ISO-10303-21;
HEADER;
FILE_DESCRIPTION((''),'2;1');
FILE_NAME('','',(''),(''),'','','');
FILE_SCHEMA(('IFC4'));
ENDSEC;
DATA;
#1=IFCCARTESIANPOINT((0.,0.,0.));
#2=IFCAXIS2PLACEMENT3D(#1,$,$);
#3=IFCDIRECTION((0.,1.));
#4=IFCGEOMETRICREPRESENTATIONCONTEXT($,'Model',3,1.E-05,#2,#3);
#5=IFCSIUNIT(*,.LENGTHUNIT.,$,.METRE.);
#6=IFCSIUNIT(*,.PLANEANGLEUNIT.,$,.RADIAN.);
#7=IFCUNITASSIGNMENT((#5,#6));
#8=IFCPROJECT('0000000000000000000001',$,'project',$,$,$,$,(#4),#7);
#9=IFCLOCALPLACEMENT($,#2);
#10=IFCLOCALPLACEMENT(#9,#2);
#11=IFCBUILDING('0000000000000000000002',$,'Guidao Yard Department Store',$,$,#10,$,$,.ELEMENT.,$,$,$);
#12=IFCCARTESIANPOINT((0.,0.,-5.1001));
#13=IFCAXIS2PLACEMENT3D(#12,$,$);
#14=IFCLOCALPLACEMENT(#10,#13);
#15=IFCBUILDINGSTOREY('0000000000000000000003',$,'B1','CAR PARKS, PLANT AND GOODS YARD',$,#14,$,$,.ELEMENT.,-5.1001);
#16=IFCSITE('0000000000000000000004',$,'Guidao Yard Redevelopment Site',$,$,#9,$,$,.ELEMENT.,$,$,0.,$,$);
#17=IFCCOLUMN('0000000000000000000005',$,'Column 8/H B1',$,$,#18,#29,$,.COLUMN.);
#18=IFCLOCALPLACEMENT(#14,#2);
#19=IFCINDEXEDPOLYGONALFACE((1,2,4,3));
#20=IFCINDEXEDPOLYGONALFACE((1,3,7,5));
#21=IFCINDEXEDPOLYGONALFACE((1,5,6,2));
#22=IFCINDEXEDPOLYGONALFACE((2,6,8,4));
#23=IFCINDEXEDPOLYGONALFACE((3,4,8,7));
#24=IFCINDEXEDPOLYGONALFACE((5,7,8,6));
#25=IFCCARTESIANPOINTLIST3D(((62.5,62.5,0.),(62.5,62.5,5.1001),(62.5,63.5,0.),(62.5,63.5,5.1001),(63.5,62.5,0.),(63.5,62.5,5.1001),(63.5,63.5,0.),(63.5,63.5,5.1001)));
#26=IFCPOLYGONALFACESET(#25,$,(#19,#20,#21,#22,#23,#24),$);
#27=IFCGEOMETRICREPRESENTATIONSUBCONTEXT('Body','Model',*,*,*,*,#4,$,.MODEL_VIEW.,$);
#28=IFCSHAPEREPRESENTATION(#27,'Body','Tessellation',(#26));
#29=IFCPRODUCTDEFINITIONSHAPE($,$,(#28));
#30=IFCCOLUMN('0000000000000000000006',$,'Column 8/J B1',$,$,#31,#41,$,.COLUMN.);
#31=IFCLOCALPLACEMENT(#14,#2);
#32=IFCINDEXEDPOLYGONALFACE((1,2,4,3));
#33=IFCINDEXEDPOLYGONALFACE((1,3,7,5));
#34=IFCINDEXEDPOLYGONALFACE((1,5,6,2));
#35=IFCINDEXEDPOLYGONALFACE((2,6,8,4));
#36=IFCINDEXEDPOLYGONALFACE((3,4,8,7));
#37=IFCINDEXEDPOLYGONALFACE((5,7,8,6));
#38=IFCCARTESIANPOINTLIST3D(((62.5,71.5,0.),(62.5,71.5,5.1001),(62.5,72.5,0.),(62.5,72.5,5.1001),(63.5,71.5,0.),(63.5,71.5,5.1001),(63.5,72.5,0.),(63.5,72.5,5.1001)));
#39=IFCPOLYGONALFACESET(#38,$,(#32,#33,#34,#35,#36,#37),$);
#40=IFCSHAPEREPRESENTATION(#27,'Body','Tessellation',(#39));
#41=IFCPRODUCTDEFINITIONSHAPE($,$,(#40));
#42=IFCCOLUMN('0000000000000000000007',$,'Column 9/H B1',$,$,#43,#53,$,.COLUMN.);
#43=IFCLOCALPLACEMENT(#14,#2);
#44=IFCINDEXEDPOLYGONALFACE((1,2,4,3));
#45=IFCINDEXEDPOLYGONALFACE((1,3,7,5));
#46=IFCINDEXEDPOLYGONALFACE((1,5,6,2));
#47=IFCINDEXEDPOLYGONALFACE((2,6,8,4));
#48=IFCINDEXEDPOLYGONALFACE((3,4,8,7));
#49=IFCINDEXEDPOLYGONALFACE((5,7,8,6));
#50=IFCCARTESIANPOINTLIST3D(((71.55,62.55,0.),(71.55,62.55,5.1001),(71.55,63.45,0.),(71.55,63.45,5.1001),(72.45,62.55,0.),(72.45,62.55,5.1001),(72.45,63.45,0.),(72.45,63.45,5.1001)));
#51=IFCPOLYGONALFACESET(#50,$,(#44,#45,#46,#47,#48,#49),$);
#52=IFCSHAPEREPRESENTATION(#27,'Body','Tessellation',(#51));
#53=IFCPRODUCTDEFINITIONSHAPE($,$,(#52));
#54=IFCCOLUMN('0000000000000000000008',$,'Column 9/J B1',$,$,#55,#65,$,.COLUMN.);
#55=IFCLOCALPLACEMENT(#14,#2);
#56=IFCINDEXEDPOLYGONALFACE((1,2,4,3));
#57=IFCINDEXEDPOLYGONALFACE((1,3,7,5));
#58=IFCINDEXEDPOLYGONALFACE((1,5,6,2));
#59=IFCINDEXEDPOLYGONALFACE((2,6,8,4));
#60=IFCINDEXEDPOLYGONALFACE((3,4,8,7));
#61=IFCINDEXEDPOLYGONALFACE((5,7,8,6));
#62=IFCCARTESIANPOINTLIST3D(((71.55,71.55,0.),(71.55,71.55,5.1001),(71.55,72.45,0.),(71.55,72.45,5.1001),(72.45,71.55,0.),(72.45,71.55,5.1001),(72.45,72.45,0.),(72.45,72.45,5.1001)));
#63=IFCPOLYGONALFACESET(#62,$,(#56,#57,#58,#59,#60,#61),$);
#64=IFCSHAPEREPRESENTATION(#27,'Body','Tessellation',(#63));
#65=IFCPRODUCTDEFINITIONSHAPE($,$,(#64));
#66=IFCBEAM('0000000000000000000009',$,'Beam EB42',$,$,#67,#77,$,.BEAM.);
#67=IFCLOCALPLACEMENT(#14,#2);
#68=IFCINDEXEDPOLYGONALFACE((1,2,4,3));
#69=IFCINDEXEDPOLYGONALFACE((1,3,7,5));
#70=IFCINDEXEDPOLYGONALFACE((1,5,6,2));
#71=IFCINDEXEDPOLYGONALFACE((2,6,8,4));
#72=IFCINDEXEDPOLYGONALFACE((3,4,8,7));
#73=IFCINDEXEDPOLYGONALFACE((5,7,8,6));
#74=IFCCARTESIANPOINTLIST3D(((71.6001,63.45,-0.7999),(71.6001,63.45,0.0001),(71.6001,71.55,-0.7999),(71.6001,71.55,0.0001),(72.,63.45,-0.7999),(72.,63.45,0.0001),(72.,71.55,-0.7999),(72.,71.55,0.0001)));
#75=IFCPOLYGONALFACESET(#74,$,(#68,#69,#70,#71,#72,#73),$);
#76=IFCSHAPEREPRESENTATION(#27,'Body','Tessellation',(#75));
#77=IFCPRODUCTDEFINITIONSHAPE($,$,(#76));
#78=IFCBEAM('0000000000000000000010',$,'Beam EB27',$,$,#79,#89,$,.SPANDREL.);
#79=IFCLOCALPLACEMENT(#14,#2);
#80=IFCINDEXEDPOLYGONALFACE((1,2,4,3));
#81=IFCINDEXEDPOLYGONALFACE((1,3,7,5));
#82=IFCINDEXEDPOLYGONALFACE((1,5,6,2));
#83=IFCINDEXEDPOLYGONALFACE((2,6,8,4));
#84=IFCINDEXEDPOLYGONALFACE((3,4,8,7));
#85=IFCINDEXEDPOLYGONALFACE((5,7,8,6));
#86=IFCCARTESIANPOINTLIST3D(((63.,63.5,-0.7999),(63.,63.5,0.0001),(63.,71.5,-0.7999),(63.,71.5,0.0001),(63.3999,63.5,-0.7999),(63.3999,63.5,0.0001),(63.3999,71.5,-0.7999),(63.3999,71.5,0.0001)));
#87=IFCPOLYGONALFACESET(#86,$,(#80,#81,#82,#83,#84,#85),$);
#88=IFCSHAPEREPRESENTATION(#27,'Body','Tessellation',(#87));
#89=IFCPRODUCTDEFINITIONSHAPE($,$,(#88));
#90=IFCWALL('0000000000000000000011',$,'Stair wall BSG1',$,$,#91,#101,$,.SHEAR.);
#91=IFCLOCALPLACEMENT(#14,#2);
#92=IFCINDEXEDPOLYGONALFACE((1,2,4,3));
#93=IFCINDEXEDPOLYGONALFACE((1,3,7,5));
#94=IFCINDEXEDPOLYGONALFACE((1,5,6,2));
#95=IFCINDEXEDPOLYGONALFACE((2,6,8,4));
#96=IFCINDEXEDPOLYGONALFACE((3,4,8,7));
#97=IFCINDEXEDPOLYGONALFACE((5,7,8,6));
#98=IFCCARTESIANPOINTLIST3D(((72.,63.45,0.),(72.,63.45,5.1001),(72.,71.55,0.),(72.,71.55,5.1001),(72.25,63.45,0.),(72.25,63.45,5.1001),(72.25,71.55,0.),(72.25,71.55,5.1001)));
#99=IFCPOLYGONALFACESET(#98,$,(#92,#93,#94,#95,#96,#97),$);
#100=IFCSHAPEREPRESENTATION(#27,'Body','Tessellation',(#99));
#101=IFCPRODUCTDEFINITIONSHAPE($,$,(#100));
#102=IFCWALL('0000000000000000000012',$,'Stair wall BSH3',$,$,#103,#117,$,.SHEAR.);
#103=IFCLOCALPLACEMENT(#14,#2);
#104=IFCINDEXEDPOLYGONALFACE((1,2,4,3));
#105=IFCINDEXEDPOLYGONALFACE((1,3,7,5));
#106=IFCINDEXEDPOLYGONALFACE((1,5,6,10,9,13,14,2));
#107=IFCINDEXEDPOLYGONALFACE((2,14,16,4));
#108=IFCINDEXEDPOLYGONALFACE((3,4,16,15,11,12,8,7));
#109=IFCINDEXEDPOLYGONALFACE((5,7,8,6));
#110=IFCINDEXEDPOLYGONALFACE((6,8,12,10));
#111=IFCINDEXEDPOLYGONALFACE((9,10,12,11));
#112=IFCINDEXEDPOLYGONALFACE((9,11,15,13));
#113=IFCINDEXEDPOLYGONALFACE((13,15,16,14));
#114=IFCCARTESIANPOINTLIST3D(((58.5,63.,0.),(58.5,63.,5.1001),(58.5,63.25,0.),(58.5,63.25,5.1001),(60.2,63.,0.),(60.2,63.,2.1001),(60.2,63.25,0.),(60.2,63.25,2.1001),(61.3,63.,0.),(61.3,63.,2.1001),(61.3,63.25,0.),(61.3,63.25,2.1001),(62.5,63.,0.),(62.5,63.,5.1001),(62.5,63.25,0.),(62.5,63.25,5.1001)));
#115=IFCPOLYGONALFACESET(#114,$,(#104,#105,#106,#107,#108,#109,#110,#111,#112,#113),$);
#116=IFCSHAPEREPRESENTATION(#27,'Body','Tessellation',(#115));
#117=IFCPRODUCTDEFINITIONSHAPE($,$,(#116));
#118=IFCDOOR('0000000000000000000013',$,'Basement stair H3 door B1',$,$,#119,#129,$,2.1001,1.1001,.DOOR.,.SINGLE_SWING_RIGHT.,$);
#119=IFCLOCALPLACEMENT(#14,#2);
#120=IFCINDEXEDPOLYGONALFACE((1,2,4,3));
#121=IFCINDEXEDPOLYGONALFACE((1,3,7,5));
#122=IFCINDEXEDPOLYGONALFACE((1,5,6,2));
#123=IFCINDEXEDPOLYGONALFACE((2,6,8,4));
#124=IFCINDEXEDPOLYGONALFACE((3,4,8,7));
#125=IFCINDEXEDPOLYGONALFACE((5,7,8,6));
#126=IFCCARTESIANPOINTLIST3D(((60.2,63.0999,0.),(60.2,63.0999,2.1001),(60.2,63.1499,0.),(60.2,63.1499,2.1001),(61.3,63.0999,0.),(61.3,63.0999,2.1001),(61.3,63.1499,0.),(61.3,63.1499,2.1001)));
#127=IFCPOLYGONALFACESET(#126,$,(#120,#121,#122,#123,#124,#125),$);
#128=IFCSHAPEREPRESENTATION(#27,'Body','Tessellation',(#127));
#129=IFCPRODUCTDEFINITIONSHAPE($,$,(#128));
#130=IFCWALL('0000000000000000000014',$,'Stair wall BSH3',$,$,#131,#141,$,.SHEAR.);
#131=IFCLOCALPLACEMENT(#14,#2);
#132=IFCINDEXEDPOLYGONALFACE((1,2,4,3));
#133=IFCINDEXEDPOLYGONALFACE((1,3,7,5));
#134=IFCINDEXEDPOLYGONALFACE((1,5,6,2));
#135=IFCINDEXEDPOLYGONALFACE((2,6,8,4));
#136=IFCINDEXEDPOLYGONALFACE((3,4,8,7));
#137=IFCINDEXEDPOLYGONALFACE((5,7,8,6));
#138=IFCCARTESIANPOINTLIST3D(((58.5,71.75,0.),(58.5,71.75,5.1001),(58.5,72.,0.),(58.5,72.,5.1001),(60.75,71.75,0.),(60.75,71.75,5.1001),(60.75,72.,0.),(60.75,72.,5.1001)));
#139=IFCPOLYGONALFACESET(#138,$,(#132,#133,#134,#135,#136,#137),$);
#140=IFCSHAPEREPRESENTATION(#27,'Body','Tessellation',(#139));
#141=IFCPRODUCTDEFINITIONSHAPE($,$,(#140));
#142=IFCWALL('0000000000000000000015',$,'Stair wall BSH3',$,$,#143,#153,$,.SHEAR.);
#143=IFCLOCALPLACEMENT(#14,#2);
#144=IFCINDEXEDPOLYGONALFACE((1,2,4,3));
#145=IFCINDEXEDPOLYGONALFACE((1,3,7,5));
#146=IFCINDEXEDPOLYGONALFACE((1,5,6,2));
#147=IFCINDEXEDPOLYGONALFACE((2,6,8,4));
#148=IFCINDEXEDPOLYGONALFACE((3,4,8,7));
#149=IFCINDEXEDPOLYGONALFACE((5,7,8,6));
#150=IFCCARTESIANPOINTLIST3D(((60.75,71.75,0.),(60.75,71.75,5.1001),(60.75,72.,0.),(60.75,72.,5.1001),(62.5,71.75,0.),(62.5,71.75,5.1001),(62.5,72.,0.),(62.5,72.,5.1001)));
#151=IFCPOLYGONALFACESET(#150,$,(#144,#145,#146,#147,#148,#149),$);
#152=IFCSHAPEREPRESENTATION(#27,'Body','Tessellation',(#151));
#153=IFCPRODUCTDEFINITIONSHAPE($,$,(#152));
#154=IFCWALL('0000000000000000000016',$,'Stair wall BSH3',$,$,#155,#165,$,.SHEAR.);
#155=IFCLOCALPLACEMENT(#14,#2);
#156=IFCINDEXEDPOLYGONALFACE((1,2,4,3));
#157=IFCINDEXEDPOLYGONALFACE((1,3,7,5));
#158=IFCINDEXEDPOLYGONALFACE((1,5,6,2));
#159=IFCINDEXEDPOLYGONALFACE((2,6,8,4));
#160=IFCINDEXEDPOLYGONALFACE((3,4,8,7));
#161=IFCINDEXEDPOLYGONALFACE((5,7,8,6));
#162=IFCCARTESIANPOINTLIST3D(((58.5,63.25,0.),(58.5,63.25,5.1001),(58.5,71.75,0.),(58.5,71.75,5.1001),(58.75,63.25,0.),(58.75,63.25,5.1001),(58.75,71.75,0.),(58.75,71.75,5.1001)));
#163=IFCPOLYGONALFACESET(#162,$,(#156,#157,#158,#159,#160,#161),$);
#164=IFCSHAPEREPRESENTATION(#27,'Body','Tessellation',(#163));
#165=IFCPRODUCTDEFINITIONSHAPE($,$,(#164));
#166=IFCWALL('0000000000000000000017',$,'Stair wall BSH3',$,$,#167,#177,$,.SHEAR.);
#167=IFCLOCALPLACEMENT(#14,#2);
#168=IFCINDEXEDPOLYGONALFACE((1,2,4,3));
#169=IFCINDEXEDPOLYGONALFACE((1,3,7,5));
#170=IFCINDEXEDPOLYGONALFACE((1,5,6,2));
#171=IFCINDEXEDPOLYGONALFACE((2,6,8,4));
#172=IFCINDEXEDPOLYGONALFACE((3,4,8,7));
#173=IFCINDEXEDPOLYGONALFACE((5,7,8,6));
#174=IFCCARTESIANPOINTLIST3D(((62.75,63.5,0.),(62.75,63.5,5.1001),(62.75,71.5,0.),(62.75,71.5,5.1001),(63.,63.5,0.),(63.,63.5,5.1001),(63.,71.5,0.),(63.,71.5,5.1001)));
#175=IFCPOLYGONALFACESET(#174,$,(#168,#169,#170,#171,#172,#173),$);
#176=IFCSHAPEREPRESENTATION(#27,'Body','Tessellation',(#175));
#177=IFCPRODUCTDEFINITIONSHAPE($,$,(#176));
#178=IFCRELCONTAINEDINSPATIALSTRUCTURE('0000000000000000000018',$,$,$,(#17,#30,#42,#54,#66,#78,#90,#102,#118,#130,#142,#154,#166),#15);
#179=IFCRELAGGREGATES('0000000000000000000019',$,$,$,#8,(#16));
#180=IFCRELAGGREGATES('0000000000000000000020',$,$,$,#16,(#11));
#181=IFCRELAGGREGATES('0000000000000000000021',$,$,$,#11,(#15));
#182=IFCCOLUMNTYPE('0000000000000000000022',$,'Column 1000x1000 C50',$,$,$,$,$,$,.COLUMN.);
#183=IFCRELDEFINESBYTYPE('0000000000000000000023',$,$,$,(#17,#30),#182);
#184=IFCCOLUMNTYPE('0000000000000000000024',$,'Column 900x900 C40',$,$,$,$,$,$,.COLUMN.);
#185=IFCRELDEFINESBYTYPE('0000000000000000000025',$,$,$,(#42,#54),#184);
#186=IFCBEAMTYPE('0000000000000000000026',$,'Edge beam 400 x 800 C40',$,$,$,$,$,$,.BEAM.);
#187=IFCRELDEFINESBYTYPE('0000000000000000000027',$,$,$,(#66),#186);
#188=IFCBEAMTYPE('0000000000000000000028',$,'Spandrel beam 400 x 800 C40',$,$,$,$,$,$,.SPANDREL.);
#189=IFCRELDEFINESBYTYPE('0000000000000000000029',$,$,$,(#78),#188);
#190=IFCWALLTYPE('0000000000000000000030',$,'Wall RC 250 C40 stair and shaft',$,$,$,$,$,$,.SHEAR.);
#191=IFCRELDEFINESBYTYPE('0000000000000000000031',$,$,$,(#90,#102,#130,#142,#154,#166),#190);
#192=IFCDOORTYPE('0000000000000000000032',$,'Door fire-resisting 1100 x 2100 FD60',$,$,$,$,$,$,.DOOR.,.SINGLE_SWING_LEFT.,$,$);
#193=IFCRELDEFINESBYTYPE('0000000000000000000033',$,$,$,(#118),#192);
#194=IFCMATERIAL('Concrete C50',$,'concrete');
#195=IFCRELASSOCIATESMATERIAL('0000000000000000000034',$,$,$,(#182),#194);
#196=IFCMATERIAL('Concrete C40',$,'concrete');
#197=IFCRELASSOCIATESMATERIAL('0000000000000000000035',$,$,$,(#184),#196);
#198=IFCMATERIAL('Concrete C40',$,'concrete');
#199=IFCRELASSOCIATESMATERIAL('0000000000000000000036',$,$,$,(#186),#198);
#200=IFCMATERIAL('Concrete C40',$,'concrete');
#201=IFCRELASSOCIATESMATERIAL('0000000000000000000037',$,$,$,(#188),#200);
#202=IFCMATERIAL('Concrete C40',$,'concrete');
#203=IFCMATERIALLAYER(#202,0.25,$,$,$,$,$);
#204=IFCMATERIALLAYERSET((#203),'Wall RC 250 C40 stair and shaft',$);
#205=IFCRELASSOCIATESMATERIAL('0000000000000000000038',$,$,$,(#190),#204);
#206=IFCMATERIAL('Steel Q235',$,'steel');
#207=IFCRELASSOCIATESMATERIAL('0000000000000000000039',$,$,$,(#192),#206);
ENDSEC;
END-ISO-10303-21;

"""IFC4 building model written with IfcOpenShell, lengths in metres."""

from ifc_helpers import new_model, si_unit, direction, frame, frame_2d, origin, origin_2d, place, context, subcontext, project, spatial, rectangle, extrude, material, layer, layer_set, material_profile, profile_set, type_object, element, fill, save


model = new_model("IFC4")

# Units and contexts
model_context = context("Model", 3, precision=1e-05, world=origin(), true_north=direction((0.0, 1.0)))
body_context = subcontext(model_context, "Body", "Model", "MODEL_VIEW")
ifc_project = project(units=[si_unit("LENGTHUNIT", "METRE"), si_unit("PLANEANGLEUNIT", "RADIAN")], contexts=[model_context])

# Site, building, storey
site_placement = place(None, origin())
site = spatial("IfcSite", under=ifc_project, at=site_placement, Name="Guidao Yard Redevelopment Site", CompositionType="ELEMENT", RefElevation=0.0)
building_placement = place(site_placement, origin())
building = spatial("IfcBuilding", under=site, at=building_placement, Name="Guidao Yard Department Store", CompositionType="ELEMENT")
storey_placement = place(building_placement, frame((0.0, 0.0, -5.1001)))
storey = spatial("IfcBuildingStorey", under=building, at=storey_placement, Name="B1", Description="CAR PARKS, PLANT AND GOODS YARD", CompositionType="ELEMENT", Elevation=-5.1001)

# Columns
ifc_material_1 = material(Name="Concrete C50", Category="concrete")
ifc_material_profile_1 = material_profile(ifc_material_1, rectangle(XDim=1.0, YDim=1.0, at=origin_2d()), Name="COL 1000x1000")
ifc_profile_set_1 = profile_set([ifc_material_profile_1], Name="Concrete C50")
column_type_1 = type_object("IfcColumnType", Name="Column 1000x1000 C50", PredefinedType="COLUMN", material=ifc_profile_set_1)
for number, where, z_axis, x_axis, name in (
    (1, (63.0, 63.0, 0.0), (0.0, 0.0, 1.0), (1.0, 0.0, 0.0), "Column 8/H B1"),
    (2, (63.0, 72.0, 0.0), (0.0, 0.0, 1.0), (1.0, 0.0, 0.0), "Column 8/J B1"),
):
    element("IfcColumn", number, at=place(storey_placement, frame(where, z_axis=z_axis, x_axis=x_axis)), inside=storey, type_object=column_type_1, Name=name, PredefinedType="COLUMN", context=body_context, shape_type="SweptSolid", body=[
        extrude(rectangle(XDim=1.0, YDim=1.0, at=origin_2d()), origin(), (0.0, 0.0, 1.0), 5.1001),
    ])
ifc_material_2 = material(Name="Concrete C40", Category="concrete")
ifc_material_profile_2 = material_profile(ifc_material_2, rectangle(XDim=0.8999, YDim=0.8999, at=origin_2d()), Name="COL 900x900")
ifc_profile_set_2 = profile_set([ifc_material_profile_2], Name="Concrete C40")
column_type_2 = type_object("IfcColumnType", Name="Column 900x900 C40", PredefinedType="COLUMN", material=ifc_profile_set_2)
for number, where, z_axis, x_axis, name in (
    (3, (72.0, 63.0, 0.0), (0.0, 0.0, 1.0), (1.0, 0.0, 0.0), "Column 9/H B1"),
    (4, (72.0, 72.0, 0.0), (0.0, 0.0, 1.0), (1.0, 0.0, 0.0), "Column 9/J B1"),
):
    element("IfcColumn", number, at=place(storey_placement, frame(where, z_axis=z_axis, x_axis=x_axis)), inside=storey, type_object=column_type_2, Name=name, PredefinedType="COLUMN", context=body_context, shape_type="SweptSolid", body=[
        extrude(rectangle(XDim=0.8999, YDim=0.8999, at=origin_2d()), origin(), (0.0, 0.0, 1.0), 5.1001),
    ])

# Beams
ifc_material_3 = material(Name="Concrete C40", Category="concrete")
ifc_material_profile_3 = material_profile(ifc_material_3, rectangle(XDim=0.3999, YDim=0.8, at=origin_2d()), Name="Edge beam 400 x 800 C40")
ifc_profile_set_3 = profile_set([ifc_material_profile_3], Name="Concrete C40")
beam_type_1 = type_object("IfcBeamType", Name="Edge beam 400 x 800 C40", PredefinedType="BEAM", material=ifc_profile_set_3)
beam_1_placement = place(storey_placement, frame((71.8, 63.45, -0.3999), z_axis=(0.0, 1.0, 0.0), x_axis=(-1.0, 0.0, 0.0)))
element("IfcBeam", 5, at=beam_1_placement, inside=storey, type_object=beam_type_1, Name="Beam EB42", PredefinedType="BEAM", context=body_context, shape_type="SweptSolid", body=[
    extrude(rectangle(XDim=0.3999, YDim=0.8, at=origin_2d()), origin(), (0.0, 0.0, 1.0), 8.1001),
])
ifc_material_4 = material(Name="Concrete C40", Category="concrete")
ifc_material_profile_4 = material_profile(ifc_material_4, rectangle(XDim=0.3999, YDim=0.8, at=origin_2d()), Name="Spandrel beam 400 x 800 C40")
ifc_profile_set_4 = profile_set([ifc_material_profile_4], Name="Concrete C40")
beam_type_2 = type_object("IfcBeamType", Name="Spandrel beam 400 x 800 C40", PredefinedType="SPANDREL", material=ifc_profile_set_4)
beam_2_placement = place(storey_placement, frame((63.2, 63.5, -0.3999), z_axis=(0.0, 1.0, 0.0), x_axis=(-1.0, 0.0, 0.0)))
element("IfcBeam", 6, at=beam_2_placement, inside=storey, type_object=beam_type_2, Name="Beam EB27", PredefinedType="SPANDREL", context=body_context, shape_type="SweptSolid", body=[
    extrude(rectangle(XDim=0.3999, YDim=0.8, at=origin_2d()), origin(), (0.0, 0.0, 1.0), 8.0),
])

# Wall
ifc_material_5 = material(Name="Concrete C40", Category="concrete")
ifc_layer = layer(ifc_material_5, 0.25)
ifc_layer_set = layer_set([ifc_layer], Name="Wall RC 250 C40 stair and shaft")
wall_type = type_object("IfcWallType", Name="Wall RC 250 C40 stair and shaft", PredefinedType="SHEAR", material=ifc_layer_set)
wall_1_placement = place(storey_placement, frame((72.125, 63.45, 0.0), z_axis=(0.0, 0.0, 1.0), x_axis=(0.0, 1.0, 0.0)))
element("IfcWall", 7, at=wall_1_placement, inside=storey, type_object=wall_type, Name="Stair wall BSG1", PredefinedType="SHEAR", context=body_context, shape_type="SweptSolid", body=[
    extrude(rectangle(XDim=8.1001, YDim=0.25, at=frame_2d((4.05, 0.0))), origin(), (0.0, 0.0, 1.0), 5.1001),
])

# Wall, opening, door
wall_2_placement = place(storey_placement, frame((58.5, 63.125, 0.0), z_axis=(0.0, 0.0, 1.0), x_axis=(1.0, 0.0, 0.0)))
wall_2 = element("IfcWall", 8, at=wall_2_placement, inside=storey, type_object=wall_type, Name="Stair wall BSH3", PredefinedType="SHEAR", context=body_context, shape_type="SweptSolid", body=[
    extrude(rectangle(XDim=4.0, YDim=0.25, at=frame_2d((2.0, 0.0))), origin(), (0.0, 0.0, 1.0), 5.1001),
])
opening_placement = place(wall_2_placement, frame((1.7, 0.0, 0.0)))
opening = element("IfcOpeningElement", 9, at=opening_placement, cuts=wall_2, PredefinedType="OPENING", context=body_context, shape_type="SweptSolid", body=[
    extrude(rectangle(XDim=1.1001, YDim=2.1001, at=frame_2d((0.55, 1.05))), frame((0.0, 0.135, 0.0), z_axis=(0.0, -1.0, 0.0), x_axis=(1.0, 0.0, 0.0)), (0.0, 0.0, 1.0), 0.27),
])
ifc_material_6 = material(Name="Steel Q235", Category="steel")
door_type = type_object("IfcDoorType", Name="Door fire-resisting 1100 x 2100 FD60", OperationType="SINGLE_SWING_LEFT", PredefinedType="DOOR", material=ifc_material_6)
door_placement = place(opening_placement, origin())
door = element("IfcDoor", 10, at=door_placement, inside=storey, type_object=door_type, Name="Basement stair H3 door B1", OperationType="SINGLE_SWING_RIGHT", OverallHeight=2.1001, OverallWidth=1.1001, PredefinedType="DOOR", context=body_context, shape_type="SweptSolid", body=[
    extrude(rectangle(XDim=1.1001, YDim=2.1001, at=frame_2d((0.55, 1.05))), frame((0.0, 0.0249, 0.0), z_axis=(0.0, -1.0, 0.0), x_axis=(1.0, 0.0, 0.0)), (0.0, 0.0, 1.0), 0.05),
])
fill(opening, door)

# Walls
wall_3_placement = place(storey_placement, frame((58.5, 71.875, 0.0), z_axis=(0.0, 0.0, 1.0), x_axis=(1.0, 0.0, 0.0)))
element("IfcWall", 11, at=wall_3_placement, inside=storey, type_object=wall_type, Name="Stair wall BSH3", PredefinedType="SHEAR", context=body_context, shape_type="SweptSolid", body=[
    extrude(rectangle(XDim=2.25, YDim=0.25, at=frame_2d((1.125, 0.0))), origin(), (0.0, 0.0, 1.0), 5.1001),
])
wall_4_placement = place(storey_placement, frame((60.75, 71.875, 0.0), z_axis=(0.0, 0.0, 1.0), x_axis=(1.0, 0.0, 0.0)))
element("IfcWall", 12, at=wall_4_placement, inside=storey, type_object=wall_type, Name="Stair wall BSH3", PredefinedType="SHEAR", context=body_context, shape_type="SweptSolid", body=[
    extrude(rectangle(XDim=1.75, YDim=0.25, at=frame_2d((0.875, 0.0))), origin(), (0.0, 0.0, 1.0), 5.1001),
])
wall_5_placement = place(storey_placement, frame((58.625, 63.25, 0.0), z_axis=(0.0, 0.0, 1.0), x_axis=(0.0, 1.0, 0.0)))
element("IfcWall", 13, at=wall_5_placement, inside=storey, type_object=wall_type, Name="Stair wall BSH3", PredefinedType="SHEAR", context=body_context, shape_type="SweptSolid", body=[
    extrude(rectangle(XDim=8.5, YDim=0.25, at=frame_2d((4.25, 0.0))), origin(), (0.0, 0.0, 1.0), 5.1001),
])
wall_6_placement = place(storey_placement, frame((62.875, 63.5, 0.0), z_axis=(0.0, 0.0, 1.0), x_axis=(0.0, 1.0, 0.0)))
element("IfcWall", 14, at=wall_6_placement, inside=storey, type_object=wall_type, Name="Stair wall BSH3", PredefinedType="SHEAR", context=body_context, shape_type="SweptSolid", body=[
    extrude(rectangle(XDim=8.0, YDim=0.25, at=frame_2d((4.0, 0.0))), origin(), (0.0, 0.0, 1.0), 5.1001),
])

save(model, "model.ifc")
